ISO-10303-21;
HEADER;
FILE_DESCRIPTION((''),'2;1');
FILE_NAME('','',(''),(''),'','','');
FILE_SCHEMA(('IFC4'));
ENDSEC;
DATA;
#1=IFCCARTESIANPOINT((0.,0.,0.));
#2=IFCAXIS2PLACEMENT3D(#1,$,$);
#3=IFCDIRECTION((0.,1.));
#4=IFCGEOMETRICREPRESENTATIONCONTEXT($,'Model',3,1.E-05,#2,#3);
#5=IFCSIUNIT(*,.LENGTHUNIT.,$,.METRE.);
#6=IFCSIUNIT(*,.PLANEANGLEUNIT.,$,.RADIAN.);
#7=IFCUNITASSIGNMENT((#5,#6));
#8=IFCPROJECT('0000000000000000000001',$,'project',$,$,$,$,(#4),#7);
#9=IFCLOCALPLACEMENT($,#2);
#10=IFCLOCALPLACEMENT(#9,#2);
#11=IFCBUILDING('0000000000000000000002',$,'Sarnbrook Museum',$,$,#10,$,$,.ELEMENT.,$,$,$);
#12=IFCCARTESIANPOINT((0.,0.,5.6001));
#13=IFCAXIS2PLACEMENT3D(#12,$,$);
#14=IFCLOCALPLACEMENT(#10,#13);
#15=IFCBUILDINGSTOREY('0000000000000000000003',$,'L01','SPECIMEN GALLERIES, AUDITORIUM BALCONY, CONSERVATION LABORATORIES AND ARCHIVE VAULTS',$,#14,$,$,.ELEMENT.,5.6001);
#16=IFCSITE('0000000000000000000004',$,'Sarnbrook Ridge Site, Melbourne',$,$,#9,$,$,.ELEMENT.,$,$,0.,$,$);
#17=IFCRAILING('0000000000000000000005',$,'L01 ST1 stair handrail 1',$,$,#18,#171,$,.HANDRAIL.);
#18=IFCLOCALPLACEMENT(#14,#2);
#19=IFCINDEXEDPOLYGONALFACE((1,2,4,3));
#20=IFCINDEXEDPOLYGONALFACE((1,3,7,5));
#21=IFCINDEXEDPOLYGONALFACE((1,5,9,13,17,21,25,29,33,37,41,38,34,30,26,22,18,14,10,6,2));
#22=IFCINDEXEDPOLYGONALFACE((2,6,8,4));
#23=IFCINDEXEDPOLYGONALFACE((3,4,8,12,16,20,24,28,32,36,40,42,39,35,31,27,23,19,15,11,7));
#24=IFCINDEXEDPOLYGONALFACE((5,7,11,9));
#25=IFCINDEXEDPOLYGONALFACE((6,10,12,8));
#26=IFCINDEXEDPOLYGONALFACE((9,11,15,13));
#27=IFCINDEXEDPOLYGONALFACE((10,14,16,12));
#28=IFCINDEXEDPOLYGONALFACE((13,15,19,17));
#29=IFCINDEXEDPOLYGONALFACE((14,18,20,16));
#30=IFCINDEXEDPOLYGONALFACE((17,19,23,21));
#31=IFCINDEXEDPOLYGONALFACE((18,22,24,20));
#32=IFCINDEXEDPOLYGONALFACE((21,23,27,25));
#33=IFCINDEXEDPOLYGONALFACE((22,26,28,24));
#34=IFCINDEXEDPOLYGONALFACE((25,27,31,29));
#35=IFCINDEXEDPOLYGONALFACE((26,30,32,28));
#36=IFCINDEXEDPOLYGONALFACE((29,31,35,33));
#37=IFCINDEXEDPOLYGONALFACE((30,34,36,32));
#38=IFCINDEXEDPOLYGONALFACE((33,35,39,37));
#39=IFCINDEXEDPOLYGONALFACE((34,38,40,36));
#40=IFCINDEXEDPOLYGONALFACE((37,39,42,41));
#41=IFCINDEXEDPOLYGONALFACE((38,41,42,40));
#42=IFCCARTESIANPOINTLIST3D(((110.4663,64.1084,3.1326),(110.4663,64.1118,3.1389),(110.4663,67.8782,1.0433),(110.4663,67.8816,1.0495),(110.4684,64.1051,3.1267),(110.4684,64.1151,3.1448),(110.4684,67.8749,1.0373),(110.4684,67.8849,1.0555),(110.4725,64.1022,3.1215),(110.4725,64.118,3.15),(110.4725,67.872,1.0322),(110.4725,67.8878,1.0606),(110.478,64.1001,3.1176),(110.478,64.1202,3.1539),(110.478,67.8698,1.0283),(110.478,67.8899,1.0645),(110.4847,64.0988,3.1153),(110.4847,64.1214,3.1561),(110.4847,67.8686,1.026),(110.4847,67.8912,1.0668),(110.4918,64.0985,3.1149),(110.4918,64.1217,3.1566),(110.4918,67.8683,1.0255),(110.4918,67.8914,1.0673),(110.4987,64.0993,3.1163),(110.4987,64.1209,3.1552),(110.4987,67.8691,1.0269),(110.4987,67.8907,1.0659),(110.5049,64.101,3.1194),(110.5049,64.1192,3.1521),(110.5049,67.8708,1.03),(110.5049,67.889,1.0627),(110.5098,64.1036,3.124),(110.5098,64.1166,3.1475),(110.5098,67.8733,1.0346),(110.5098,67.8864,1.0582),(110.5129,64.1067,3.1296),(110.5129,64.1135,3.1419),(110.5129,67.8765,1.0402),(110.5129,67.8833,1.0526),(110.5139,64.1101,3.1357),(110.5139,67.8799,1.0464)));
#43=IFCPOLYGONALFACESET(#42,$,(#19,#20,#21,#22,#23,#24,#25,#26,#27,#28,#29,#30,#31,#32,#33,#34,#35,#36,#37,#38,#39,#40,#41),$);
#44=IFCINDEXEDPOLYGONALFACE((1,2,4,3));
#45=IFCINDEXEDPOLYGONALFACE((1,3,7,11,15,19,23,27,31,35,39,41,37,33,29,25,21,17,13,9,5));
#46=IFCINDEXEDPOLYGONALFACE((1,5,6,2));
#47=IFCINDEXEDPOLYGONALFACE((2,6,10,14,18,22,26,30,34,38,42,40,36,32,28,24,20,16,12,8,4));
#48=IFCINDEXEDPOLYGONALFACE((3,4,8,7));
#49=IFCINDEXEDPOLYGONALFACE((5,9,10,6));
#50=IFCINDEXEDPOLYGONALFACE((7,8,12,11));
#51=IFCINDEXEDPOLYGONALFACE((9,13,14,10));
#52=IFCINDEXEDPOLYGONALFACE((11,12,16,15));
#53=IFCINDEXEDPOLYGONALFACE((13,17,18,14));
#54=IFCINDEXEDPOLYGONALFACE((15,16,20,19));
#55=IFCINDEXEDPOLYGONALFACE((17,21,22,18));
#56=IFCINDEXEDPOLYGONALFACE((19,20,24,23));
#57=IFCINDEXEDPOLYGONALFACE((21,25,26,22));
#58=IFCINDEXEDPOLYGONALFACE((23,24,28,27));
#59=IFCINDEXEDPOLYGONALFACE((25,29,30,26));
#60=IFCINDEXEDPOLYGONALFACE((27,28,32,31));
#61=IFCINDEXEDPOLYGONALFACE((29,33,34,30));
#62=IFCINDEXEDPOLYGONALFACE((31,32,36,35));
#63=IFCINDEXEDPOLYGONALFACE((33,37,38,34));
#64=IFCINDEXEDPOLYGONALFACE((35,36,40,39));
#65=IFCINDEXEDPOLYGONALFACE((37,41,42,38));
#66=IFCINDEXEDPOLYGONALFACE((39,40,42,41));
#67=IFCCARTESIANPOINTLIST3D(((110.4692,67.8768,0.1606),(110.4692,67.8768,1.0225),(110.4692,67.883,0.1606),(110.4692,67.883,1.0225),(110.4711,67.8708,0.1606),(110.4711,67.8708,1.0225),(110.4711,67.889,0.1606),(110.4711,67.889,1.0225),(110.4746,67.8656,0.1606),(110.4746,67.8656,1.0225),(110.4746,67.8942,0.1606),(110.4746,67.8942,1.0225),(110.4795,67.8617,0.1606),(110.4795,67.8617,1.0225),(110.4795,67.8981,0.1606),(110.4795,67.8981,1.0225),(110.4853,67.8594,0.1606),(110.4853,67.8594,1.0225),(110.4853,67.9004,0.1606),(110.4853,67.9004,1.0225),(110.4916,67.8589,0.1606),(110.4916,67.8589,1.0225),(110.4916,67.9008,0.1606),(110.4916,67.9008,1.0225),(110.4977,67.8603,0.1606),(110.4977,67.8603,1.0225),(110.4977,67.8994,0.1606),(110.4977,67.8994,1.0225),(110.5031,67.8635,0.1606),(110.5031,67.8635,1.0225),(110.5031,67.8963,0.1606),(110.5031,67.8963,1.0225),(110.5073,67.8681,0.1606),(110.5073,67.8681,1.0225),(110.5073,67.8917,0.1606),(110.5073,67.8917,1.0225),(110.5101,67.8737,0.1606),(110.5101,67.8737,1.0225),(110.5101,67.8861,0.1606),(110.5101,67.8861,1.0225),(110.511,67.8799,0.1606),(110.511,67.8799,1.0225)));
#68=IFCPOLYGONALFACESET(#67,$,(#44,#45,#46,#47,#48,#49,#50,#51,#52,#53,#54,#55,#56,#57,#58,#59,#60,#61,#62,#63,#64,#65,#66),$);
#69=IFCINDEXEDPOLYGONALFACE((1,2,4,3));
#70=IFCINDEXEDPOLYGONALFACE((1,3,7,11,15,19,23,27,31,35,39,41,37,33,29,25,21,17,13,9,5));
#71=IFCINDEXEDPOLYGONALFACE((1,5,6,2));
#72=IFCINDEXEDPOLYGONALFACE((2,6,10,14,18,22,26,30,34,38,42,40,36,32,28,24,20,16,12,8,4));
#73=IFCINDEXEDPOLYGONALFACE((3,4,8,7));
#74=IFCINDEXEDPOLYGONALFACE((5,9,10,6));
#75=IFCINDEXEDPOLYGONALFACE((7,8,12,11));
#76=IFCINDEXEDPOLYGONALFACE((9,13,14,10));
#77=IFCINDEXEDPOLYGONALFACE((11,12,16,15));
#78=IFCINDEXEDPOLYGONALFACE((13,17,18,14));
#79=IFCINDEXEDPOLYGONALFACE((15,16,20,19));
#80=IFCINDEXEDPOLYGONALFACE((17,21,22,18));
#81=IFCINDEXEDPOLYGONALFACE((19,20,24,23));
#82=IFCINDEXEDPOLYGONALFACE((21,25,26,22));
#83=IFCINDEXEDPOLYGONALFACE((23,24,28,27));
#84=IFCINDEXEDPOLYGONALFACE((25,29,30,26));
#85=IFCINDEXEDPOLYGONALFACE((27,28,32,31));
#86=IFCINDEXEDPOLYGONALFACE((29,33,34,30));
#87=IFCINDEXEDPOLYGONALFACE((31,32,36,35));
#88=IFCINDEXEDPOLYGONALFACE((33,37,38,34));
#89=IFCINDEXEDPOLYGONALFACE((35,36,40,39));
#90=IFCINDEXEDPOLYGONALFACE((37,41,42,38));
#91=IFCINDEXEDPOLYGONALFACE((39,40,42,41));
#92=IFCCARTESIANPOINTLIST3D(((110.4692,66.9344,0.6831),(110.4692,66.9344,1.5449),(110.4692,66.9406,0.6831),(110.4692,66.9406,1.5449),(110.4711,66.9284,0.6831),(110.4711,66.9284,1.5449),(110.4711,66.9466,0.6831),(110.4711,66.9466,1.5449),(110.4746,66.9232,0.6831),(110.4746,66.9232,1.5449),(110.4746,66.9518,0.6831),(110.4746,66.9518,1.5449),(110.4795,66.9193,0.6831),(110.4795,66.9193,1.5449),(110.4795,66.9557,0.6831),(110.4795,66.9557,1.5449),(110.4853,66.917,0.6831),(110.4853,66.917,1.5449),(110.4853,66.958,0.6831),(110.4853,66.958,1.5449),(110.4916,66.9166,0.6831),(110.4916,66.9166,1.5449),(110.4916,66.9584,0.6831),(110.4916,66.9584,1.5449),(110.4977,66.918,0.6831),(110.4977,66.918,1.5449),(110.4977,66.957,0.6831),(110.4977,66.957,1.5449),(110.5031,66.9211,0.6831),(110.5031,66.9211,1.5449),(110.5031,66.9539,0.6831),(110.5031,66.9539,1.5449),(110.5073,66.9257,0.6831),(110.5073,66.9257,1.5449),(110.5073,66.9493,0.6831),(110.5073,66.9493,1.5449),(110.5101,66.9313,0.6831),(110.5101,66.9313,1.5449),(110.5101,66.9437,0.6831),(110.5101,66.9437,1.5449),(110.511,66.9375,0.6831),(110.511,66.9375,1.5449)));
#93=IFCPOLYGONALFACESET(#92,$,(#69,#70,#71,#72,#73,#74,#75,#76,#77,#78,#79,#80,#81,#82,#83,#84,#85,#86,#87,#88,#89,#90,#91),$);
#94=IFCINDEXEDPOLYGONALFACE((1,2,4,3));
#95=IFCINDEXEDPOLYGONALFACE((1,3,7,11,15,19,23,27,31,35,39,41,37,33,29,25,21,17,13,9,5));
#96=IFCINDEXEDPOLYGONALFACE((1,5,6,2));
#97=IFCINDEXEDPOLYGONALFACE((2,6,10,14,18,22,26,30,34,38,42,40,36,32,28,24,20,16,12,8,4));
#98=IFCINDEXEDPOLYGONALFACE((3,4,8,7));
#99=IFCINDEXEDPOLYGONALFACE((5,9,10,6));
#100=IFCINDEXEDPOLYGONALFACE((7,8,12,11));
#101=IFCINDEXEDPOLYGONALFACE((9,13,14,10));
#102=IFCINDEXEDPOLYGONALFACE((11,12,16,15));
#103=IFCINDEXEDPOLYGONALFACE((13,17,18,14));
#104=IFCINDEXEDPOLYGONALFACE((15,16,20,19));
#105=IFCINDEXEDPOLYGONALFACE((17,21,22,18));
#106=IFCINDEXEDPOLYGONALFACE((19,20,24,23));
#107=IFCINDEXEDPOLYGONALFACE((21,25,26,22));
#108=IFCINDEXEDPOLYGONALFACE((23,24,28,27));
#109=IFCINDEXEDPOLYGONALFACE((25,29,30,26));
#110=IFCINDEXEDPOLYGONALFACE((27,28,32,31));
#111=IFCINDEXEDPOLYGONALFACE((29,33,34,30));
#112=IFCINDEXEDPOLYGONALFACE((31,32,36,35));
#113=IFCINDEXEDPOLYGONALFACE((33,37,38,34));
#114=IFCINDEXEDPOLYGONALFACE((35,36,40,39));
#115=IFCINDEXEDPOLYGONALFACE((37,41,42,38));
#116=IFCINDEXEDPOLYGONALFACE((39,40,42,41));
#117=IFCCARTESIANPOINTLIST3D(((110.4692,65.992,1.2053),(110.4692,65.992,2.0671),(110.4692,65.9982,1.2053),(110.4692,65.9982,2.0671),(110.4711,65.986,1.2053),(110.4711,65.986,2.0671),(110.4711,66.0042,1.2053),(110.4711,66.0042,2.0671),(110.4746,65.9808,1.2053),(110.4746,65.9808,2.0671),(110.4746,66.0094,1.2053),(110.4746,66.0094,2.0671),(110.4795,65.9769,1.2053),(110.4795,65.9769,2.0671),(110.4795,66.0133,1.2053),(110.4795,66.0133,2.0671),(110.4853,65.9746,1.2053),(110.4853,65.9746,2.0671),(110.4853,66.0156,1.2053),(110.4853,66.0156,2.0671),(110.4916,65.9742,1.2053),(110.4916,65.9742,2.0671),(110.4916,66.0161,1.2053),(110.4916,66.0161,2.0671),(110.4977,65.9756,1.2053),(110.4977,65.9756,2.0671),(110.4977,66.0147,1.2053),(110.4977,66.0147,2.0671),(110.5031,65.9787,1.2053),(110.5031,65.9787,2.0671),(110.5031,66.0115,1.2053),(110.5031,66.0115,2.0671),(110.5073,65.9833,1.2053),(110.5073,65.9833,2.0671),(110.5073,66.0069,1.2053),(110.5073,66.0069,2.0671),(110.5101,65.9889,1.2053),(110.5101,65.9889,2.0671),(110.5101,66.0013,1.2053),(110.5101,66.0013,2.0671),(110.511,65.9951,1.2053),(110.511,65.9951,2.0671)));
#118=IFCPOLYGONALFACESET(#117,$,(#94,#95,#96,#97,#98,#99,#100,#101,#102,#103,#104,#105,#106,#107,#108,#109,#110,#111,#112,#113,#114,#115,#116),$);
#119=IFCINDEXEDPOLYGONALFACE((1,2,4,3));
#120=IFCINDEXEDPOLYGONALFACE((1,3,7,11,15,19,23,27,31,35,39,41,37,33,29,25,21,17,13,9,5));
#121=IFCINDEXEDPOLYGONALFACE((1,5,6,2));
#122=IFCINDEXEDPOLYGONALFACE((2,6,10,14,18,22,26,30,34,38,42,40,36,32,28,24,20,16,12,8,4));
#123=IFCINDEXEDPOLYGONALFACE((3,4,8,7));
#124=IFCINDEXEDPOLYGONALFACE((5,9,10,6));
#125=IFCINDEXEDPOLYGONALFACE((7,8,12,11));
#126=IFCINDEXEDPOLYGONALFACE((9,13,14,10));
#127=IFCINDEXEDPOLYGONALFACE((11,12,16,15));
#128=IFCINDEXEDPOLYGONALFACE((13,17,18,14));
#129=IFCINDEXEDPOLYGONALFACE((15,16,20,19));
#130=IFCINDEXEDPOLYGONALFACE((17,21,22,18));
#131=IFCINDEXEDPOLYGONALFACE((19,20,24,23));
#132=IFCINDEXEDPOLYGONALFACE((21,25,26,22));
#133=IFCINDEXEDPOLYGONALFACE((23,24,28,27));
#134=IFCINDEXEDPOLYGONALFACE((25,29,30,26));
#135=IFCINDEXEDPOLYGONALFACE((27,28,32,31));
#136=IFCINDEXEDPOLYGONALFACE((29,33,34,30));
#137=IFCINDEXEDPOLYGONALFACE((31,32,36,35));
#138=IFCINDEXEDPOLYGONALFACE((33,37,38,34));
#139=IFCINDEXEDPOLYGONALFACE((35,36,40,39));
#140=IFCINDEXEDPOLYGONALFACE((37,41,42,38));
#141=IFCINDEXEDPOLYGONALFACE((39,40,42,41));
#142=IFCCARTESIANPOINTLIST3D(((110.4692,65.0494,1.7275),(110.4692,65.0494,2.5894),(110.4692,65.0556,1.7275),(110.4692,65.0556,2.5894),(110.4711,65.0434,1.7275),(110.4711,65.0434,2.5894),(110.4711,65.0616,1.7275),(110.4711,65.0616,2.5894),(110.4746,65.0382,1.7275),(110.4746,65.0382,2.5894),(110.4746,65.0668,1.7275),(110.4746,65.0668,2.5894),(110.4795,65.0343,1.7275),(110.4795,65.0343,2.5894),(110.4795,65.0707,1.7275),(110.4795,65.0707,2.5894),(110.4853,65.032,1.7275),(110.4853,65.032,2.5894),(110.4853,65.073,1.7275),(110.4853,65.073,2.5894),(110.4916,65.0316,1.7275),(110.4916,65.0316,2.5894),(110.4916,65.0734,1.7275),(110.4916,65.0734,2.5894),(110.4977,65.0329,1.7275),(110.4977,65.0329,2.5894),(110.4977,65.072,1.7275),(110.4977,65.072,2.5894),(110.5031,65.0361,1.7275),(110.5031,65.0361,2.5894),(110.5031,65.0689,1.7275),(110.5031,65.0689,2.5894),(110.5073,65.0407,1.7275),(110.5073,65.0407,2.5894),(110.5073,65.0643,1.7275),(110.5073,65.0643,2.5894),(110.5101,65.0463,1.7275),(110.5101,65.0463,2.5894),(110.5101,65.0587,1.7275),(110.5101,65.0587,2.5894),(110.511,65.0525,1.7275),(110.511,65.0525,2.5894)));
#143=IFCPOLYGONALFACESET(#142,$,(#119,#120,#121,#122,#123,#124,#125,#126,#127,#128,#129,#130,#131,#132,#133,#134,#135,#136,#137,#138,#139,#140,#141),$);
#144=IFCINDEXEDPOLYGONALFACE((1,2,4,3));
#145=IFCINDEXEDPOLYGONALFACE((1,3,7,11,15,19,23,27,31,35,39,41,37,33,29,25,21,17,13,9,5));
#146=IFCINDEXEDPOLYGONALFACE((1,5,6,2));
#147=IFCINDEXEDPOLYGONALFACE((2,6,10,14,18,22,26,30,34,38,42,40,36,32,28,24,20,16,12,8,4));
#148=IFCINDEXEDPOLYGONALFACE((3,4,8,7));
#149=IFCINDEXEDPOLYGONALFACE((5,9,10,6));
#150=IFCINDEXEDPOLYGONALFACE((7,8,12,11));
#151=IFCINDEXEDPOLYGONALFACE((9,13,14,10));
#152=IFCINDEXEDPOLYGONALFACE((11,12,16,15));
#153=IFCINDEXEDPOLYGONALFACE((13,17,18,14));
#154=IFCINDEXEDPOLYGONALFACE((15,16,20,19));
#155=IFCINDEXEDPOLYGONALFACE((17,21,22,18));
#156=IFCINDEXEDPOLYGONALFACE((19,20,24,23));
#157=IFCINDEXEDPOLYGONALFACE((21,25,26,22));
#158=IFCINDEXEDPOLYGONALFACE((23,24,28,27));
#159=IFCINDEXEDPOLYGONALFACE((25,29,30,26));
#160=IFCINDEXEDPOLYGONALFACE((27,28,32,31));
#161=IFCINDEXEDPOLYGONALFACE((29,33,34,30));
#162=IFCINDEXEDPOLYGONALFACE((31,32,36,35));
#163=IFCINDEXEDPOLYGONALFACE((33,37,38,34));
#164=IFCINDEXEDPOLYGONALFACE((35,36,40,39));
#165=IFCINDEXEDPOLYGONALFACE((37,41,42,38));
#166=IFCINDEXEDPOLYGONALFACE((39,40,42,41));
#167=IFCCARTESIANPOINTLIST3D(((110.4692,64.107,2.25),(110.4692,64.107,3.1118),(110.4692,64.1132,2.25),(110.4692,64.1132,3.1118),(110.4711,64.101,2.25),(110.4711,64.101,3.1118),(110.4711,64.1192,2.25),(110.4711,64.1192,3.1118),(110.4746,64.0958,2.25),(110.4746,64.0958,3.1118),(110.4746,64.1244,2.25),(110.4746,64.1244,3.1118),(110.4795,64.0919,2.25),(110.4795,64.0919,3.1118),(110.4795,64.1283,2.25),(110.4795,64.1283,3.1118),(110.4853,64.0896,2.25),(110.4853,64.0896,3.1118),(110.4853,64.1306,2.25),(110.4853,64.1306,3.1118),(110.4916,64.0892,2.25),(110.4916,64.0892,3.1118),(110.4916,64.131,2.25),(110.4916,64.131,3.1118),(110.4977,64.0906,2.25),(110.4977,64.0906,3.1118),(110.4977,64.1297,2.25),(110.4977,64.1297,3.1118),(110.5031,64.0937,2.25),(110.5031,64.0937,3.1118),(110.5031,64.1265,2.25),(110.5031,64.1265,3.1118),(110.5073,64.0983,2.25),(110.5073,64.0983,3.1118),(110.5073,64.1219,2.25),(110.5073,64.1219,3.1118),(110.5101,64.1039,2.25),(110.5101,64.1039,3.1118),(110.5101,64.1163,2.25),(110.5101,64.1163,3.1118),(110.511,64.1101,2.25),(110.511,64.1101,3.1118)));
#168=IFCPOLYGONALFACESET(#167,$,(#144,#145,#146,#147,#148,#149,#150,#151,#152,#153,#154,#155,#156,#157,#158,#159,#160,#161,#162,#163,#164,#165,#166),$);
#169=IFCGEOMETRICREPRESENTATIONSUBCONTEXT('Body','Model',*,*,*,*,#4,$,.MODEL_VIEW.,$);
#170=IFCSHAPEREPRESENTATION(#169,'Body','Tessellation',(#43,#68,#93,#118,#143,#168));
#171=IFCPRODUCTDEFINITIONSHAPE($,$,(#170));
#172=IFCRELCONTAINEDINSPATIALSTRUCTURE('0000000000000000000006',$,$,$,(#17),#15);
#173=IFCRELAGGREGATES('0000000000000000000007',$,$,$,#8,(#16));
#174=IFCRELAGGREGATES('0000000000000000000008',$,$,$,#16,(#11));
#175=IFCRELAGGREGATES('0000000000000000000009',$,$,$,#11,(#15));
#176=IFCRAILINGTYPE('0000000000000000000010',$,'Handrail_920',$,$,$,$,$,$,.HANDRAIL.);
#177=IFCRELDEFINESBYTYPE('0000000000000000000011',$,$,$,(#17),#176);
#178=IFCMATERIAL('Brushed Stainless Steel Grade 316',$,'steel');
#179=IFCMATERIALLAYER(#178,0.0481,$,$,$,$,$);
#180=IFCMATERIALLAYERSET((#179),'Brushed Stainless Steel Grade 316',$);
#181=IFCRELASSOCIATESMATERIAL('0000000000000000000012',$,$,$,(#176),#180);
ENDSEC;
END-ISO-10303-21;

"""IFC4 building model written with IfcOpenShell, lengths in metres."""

from ifc_helpers import new_model, si_unit, direction, frame, origin, origin_2d, place, context, subcontext, project, spatial, circle, extrude, material, layer, layer_set, type_object, element, save


model = new_model("IFC4")

# Units and contexts
model_context = context("Model", 3, precision=1e-05, world=origin(), true_north=direction((0.0, 1.0)))
body_context = subcontext(model_context, "Body", "Model", "MODEL_VIEW")
ifc_project = project(units=[si_unit("LENGTHUNIT", "METRE"), si_unit("PLANEANGLEUNIT", "RADIAN")], contexts=[model_context])

# Site, building, storey
site_placement = place(None, origin())
site = spatial("IfcSite", under=ifc_project, at=site_placement, Name="Sarnbrook Ridge Site, Melbourne", CompositionType="ELEMENT", RefElevation=0.0)
building_placement = place(site_placement, origin())
building = spatial("IfcBuilding", under=site, at=building_placement, Name="Sarnbrook Museum", CompositionType="ELEMENT")
storey_placement = place(building_placement, frame((0.0, 0.0, 5.6001)))
storey = spatial("IfcBuildingStorey", under=building, at=storey_placement, Name="L01", Description="SPECIMEN GALLERIES, AUDITORIUM BALCONY, CONSERVATION LABORATORIES AND ARCHIVE VAULTS", CompositionType="ELEMENT", Elevation=5.6001)

# Railing
ifc_material_1 = material(Name="Brushed Stainless Steel Grade 316", Category="steel")
ifc_layer_1 = layer(ifc_material_1, 0.0481)
ifc_layer_set_1 = layer_set([ifc_layer_1], Name="Brushed Stainless Steel Grade 316")
railing_type_1 = type_object("IfcRailingType", Name="Handrail_920", PredefinedType="HANDRAIL", material=ifc_layer_set_1)
railing_1_placement = place(storey_placement, frame((110.49, 67.8799, 0.1606)))
element("IfcRailing", 1, at=railing_1_placement, inside=storey, type_object=railing_type_1, Name="L01 ST1 stair handrail 1", PredefinedType="HANDRAIL", context=body_context, shape_type="SweptSolid", body=[
    extrude(circle(Radius=0.0239, at=origin_2d()), frame((0.0, 0.0, 0.8857), z_axis=(0.0, -0.874646, 0.484763), x_axis=(1.0, 0.0, 0.0)), (0.0, 0.0, 1.0), 4.3101),
    extrude(circle(Radius=0.021, at=origin_2d()), origin(), (0.0, 0.0, 1.0), 0.8618),
    extrude(circle(Radius=0.021, at=origin_2d()), frame((0.0, -0.9424, 0.5225)), (0.0, 0.0, 1.0), 0.8618),
    extrude(circle(Radius=0.021, at=origin_2d()), frame((0.0, -1.8848, 1.0447)), (0.0, 0.0, 1.0), 0.8618),
    extrude(circle(Radius=0.021, at=origin_2d()), frame((0.0, -2.8274, 1.5669)), (0.0, 0.0, 1.0), 0.8618),
    extrude(circle(Radius=0.021, at=origin_2d()), frame((0.0, -3.7698, 2.0894)), (0.0, 0.0, 1.0), 0.8618),
])

save(model, "model.ifc")
